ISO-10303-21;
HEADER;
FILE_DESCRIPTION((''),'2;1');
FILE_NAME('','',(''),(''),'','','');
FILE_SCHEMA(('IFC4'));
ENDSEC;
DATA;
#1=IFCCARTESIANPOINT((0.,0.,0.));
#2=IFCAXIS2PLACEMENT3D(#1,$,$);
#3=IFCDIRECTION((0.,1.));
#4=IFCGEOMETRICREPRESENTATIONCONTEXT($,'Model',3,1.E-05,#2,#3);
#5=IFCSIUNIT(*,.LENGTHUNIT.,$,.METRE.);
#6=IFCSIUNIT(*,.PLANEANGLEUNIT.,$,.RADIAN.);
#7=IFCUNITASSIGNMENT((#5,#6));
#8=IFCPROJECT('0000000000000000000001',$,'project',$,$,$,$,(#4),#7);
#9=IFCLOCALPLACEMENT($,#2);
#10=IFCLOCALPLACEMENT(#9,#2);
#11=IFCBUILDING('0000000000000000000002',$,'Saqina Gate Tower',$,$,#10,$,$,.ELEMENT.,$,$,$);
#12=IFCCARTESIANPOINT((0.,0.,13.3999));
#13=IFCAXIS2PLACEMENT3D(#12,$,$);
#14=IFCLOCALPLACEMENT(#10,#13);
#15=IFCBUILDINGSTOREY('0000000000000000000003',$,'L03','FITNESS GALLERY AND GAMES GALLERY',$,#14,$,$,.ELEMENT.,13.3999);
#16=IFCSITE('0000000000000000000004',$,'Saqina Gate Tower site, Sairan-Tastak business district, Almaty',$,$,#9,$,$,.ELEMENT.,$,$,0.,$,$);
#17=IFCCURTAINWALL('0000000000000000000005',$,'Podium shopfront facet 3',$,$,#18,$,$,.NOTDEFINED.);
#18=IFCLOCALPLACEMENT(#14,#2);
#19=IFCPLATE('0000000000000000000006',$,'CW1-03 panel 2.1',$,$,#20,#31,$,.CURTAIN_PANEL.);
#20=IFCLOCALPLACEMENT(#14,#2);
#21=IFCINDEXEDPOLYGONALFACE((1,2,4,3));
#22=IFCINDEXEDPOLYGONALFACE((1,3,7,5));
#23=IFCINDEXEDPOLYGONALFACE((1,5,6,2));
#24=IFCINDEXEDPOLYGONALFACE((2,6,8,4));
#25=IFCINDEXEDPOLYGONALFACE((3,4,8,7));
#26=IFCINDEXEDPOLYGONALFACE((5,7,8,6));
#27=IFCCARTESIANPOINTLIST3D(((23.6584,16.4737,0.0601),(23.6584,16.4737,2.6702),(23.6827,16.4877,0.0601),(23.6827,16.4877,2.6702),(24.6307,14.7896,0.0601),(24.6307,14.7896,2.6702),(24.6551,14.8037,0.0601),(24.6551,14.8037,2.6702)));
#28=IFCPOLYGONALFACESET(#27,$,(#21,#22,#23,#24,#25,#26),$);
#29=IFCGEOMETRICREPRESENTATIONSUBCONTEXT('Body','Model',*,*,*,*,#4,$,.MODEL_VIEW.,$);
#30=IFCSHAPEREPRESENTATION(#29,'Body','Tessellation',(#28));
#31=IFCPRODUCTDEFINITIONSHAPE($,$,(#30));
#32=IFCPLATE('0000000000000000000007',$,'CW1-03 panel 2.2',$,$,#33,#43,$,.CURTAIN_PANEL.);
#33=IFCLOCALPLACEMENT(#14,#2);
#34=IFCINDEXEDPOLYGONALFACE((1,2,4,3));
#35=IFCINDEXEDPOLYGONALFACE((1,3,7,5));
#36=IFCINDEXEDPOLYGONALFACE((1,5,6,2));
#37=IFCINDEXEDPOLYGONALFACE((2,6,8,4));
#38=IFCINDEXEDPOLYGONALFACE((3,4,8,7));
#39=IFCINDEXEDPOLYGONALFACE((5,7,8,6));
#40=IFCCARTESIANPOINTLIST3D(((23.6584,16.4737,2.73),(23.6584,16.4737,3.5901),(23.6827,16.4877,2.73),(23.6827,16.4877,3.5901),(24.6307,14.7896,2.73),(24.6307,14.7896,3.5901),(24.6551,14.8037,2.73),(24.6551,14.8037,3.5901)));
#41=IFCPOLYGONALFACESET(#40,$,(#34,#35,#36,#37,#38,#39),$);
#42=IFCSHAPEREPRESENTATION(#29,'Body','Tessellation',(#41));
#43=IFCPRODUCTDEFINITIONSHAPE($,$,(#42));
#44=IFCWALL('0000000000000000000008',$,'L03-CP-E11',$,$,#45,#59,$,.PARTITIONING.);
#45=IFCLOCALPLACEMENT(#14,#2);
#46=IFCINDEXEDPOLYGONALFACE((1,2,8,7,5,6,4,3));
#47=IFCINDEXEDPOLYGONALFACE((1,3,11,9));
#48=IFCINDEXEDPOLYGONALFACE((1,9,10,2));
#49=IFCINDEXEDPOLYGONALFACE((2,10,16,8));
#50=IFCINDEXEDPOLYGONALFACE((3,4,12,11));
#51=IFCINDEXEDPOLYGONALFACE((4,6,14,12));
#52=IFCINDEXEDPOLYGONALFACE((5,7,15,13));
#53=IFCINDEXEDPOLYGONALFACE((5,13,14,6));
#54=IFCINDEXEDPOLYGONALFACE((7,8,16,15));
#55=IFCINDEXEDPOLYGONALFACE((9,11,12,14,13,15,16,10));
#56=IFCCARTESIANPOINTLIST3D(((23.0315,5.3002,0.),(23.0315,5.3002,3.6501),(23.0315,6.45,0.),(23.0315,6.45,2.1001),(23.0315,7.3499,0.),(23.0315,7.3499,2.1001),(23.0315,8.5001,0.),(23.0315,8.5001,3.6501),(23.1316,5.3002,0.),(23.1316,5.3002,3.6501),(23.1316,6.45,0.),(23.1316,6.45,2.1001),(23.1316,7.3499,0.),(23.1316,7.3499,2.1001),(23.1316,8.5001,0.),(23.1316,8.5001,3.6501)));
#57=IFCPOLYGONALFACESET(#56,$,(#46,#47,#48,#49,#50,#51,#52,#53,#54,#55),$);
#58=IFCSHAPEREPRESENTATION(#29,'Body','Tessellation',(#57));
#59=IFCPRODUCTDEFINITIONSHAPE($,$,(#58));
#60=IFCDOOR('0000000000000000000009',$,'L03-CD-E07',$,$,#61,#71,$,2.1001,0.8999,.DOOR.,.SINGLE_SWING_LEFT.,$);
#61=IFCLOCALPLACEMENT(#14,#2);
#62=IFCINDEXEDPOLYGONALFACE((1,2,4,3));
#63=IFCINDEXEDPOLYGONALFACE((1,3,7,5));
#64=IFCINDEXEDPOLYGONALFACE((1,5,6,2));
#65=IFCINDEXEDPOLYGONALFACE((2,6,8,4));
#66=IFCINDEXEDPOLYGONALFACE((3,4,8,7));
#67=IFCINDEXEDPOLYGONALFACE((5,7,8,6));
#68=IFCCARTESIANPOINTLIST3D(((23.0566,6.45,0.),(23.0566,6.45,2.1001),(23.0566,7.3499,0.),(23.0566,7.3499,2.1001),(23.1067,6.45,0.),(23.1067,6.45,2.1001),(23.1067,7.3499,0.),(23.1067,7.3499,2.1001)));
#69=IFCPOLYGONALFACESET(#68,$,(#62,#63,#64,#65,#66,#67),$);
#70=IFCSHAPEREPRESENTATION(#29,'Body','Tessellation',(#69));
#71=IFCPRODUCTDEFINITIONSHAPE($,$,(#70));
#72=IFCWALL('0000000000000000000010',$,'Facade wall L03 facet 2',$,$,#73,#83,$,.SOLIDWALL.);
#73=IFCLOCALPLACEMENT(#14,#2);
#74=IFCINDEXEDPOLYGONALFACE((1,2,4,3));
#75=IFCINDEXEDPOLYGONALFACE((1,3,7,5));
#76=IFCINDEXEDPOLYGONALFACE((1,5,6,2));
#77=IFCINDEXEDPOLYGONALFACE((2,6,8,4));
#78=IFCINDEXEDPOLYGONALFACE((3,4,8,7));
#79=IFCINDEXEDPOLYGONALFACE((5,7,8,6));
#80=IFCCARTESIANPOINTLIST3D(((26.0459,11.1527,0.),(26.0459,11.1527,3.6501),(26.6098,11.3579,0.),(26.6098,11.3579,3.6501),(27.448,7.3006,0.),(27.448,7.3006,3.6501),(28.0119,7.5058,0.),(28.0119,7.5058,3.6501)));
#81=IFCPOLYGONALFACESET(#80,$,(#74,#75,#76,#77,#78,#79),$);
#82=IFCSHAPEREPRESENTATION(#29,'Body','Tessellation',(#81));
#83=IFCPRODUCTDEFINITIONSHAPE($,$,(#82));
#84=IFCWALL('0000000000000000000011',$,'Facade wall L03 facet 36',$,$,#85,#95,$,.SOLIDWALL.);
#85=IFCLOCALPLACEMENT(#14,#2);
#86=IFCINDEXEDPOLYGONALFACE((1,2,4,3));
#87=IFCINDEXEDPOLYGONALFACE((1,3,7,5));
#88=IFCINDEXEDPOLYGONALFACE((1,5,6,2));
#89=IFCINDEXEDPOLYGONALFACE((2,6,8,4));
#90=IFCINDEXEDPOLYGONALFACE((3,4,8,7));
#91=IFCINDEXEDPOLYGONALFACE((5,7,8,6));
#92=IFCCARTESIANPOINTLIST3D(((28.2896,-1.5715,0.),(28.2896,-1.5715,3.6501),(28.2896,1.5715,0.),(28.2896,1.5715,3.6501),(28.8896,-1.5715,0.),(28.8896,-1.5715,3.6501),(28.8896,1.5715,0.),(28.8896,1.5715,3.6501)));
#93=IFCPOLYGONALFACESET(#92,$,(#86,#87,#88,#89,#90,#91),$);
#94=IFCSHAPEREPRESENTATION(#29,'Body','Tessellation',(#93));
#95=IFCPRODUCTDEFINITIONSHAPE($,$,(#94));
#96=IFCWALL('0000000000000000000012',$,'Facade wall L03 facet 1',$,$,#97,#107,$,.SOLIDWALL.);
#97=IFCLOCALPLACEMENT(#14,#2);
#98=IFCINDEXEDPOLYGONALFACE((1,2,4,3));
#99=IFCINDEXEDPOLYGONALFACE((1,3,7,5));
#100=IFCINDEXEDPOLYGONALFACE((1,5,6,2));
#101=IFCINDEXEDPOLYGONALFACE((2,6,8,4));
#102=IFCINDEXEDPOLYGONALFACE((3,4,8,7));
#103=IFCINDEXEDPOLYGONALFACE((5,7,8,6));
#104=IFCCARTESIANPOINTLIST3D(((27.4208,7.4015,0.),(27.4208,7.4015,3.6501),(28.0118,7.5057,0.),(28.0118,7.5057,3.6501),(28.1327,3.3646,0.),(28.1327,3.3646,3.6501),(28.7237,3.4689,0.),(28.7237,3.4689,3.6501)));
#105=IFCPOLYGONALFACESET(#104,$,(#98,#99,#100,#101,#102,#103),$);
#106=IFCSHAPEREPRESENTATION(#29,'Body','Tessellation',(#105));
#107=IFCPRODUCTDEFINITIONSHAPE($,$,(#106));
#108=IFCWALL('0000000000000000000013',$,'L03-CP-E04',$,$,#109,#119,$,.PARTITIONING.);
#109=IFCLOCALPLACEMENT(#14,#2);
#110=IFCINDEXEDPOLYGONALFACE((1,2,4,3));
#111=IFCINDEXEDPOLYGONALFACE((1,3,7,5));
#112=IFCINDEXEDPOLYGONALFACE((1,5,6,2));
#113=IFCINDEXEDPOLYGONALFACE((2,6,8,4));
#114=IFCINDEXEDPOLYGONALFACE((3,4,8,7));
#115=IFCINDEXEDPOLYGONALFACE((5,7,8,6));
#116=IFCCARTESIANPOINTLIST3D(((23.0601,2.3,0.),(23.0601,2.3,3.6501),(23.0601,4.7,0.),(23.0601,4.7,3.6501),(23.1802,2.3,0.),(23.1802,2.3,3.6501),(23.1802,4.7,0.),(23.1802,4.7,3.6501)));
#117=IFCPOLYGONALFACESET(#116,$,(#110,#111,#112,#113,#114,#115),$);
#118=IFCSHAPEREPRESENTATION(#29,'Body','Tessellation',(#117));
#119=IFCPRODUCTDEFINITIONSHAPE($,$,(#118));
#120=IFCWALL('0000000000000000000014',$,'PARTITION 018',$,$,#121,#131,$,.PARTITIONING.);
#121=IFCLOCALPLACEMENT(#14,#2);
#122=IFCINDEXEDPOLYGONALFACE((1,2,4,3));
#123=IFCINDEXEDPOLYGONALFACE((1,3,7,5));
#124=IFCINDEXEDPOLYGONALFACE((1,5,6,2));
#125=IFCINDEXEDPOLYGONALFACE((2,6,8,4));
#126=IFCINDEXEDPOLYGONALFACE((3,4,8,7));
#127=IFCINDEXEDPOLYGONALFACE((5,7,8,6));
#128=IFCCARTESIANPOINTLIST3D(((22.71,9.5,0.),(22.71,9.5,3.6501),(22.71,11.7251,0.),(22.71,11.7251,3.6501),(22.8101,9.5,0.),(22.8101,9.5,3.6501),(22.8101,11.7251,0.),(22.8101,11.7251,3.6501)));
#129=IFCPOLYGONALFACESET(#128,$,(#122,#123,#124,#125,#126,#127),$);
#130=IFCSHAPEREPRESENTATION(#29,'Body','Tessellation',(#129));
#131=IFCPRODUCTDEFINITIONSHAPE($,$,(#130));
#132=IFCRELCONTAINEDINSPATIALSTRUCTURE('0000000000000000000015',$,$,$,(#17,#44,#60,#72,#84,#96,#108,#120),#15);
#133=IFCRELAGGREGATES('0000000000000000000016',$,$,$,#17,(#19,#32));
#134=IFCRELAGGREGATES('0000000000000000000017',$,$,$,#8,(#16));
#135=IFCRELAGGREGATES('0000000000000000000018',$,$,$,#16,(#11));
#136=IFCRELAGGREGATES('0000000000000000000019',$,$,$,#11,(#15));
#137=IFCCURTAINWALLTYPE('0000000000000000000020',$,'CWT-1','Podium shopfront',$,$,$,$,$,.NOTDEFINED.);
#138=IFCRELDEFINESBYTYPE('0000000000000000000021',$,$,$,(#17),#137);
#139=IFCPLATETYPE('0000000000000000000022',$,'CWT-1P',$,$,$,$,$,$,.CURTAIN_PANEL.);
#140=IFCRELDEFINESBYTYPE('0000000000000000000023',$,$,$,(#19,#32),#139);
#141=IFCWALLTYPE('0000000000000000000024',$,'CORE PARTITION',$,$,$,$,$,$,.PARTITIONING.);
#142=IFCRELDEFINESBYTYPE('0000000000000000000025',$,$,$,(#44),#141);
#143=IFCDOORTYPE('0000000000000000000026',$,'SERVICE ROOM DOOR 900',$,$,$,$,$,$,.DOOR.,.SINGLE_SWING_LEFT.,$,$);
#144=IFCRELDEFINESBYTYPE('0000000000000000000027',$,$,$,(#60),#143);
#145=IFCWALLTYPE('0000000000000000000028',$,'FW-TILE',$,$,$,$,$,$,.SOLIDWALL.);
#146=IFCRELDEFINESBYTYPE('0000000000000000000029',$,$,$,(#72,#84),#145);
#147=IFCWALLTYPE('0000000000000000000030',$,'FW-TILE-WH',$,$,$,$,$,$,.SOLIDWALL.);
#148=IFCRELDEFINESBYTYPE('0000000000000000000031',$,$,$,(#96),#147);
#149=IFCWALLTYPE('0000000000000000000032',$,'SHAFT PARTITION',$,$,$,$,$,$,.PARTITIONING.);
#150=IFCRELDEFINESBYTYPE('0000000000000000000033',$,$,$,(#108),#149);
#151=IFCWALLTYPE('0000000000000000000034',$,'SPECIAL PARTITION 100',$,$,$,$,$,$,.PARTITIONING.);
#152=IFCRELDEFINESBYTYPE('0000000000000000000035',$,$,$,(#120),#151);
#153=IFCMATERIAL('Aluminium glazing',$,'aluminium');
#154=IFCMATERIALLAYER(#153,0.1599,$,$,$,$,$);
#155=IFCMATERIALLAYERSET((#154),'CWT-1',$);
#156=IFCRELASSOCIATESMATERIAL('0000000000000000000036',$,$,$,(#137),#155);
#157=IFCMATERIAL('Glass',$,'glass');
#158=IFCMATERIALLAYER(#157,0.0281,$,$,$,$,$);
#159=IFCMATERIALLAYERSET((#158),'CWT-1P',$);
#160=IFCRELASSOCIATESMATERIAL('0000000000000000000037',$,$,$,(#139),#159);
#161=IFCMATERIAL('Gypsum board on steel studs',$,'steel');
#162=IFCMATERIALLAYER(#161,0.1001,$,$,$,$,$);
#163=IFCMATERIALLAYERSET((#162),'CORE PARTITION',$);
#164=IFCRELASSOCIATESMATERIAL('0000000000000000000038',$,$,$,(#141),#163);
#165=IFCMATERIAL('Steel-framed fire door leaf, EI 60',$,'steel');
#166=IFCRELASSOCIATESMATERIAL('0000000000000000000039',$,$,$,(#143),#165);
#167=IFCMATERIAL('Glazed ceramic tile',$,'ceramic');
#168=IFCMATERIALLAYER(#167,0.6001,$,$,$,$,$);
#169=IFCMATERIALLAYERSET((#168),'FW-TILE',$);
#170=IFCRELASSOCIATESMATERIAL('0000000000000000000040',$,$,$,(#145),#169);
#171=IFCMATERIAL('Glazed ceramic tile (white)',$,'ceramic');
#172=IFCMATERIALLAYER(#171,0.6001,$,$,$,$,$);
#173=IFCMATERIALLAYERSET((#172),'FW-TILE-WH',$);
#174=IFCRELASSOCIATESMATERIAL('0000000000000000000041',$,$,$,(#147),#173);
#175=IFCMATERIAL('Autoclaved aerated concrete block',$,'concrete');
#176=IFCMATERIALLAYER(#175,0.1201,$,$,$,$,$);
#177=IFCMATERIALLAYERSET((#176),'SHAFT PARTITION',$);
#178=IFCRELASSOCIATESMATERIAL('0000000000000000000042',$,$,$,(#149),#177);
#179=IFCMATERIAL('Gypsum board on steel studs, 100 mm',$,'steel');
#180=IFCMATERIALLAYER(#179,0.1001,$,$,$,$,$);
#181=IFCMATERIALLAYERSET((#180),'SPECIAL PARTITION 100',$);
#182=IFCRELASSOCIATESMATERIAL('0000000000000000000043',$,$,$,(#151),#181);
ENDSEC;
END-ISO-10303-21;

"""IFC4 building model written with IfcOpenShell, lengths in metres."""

from ifc_helpers import new_model, si_unit, direction, frame, frame_2d, origin, origin_2d, place, context, subcontext, project, spatial, rectangle, extrude, material, layer, layer_set, type_object, element, fill, aggregate, save


model = new_model("IFC4")

# Units and contexts
model_context = context("Model", 3, precision=1e-05, world=origin(), true_north=direction((0.0, 1.0)))
body_context = subcontext(model_context, "Body", "Model", "MODEL_VIEW")
ifc_project = project(units=[si_unit("LENGTHUNIT", "METRE"), si_unit("PLANEANGLEUNIT", "RADIAN")], contexts=[model_context])

# Site, building, storey
site_placement = place(None, origin())
site = spatial("IfcSite", under=ifc_project, at=site_placement, Name="Saqina Gate Tower site, Sairan-Tastak business district, Almaty", CompositionType="ELEMENT", RefElevation=0.0)
building_placement = place(site_placement, origin())
building = spatial("IfcBuilding", under=site, at=building_placement, Name="Saqina Gate Tower", CompositionType="ELEMENT")
storey_placement = place(building_placement, frame((0.0, 0.0, 13.3999)))
storey = spatial("IfcBuildingStorey", under=building, at=storey_placement, Name="L03", Description="FITNESS GALLERY AND GAMES GALLERY", CompositionType="ELEMENT", Elevation=13.3999)

# Curtain wall
ifc_material_1 = material(Name="Aluminium glazing", Category="aluminium")
ifc_layer_1 = layer(ifc_material_1, 0.1599)
ifc_layer_set_1 = layer_set([ifc_layer_1], Name="CWT-1")
curtain_wall_type = type_object("IfcCurtainWallType", Name="CWT-1", Description="Podium shopfront", PredefinedType="NOTDEFINED", material=ifc_layer_set_1)
curtain_wall_1_placement = place(storey_placement, origin())
curtain_wall_1 = element("IfcCurtainWall", 1, at=curtain_wall_1_placement, inside=storey, type_object=curtain_wall_type, Name="Podium shopfront facet 3", PredefinedType="NOTDEFINED")

# Plates
ifc_material_2 = material(Name="Glass", Category="glass")
ifc_layer_2 = layer(ifc_material_2, 0.0281)
ifc_layer_set_2 = layer_set([ifc_layer_2], Name="CWT-1P")
plate_type = type_object("IfcPlateType", Name="CWT-1P", PredefinedType="CURTAIN_PANEL", material=ifc_layer_set_2)
plate_1_placement = place(storey_placement, frame((24.1567, 15.6387, 0.0601), z_axis=(0.0, 0.0, 1.0), x_axis=(-0.500014, 0.866017, 0.0)))
plate_1 = element("IfcPlate", 2, at=plate_1_placement, type_object=plate_type, Name="CW1-03 panel 2.1", PredefinedType="CURTAIN_PANEL", context=body_context, shape_type="SweptSolid", body=[
    extrude(rectangle(XDim=1.9446, YDim=0.0281, at=origin_2d()), origin(), (0.0, 0.0, 1.0), 2.6101),
])
plate_2_placement = place(storey_placement, frame((24.1567, 15.6387, 2.73), z_axis=(0.0, 0.0, 1.0), x_axis=(-0.500014, 0.866017, 0.0)))
plate_2 = element("IfcPlate", 3, at=plate_2_placement, type_object=plate_type, Name="CW1-03 panel 2.2", PredefinedType="CURTAIN_PANEL", context=body_context, shape_type="SweptSolid", body=[
    extrude(rectangle(XDim=1.9446, YDim=0.0281, at=origin_2d()), origin(), (0.0, 0.0, 1.0), 0.8601),
])
aggregate(curtain_wall_1, [plate_1, plate_2])

# Wall, opening, door
ifc_material_3 = material(Name="Gypsum board on steel studs", Category="steel")
ifc_layer_3 = layer(ifc_material_3, 0.1001)
ifc_layer_set_3 = layer_set([ifc_layer_3], Name="CORE PARTITION")
wall_type_1 = type_object("IfcWallType", Name="CORE PARTITION", PredefinedType="PARTITIONING", material=ifc_layer_set_3)
wall_1_placement = place(storey_placement, frame((23.0815, 5.3, 0.0), z_axis=(0.0, 0.0, 1.0), x_axis=(0.0, 1.0, 0.0)))
wall_1 = element("IfcWall", 4, at=wall_1_placement, inside=storey, type_object=wall_type_1, Name="L03-CP-E11", PredefinedType="PARTITIONING", context=body_context, shape_type="SweptSolid", body=[
    extrude(rectangle(XDim=3.2, YDim=0.1001, at=frame_2d((1.6001, 0.0))), origin(), (0.0, 0.0, 1.0), 3.6501),
])
opening_placement = place(wall_1_placement, frame((1.1499, 0.0, 0.0)))
opening = element("IfcOpeningElement", 5, at=opening_placement, cuts=wall_1, PredefinedType="OPENING", context=body_context, shape_type="SweptSolid", body=[
    extrude(rectangle(XDim=0.8999, YDim=2.1001, at=frame_2d((0.45, 1.05))), frame((0.0, 0.062, 0.0), z_axis=(0.0, -1.0, 0.0), x_axis=(1.0, 0.0, 0.0)), (0.0, 0.0, 1.0), 0.124),
])
ifc_material_4 = material(Name="Steel-framed fire door leaf, EI 60", Category="steel")
door_type = type_object("IfcDoorType", Name="SERVICE ROOM DOOR 900", OperationType="SINGLE_SWING_LEFT", PredefinedType="DOOR", material=ifc_material_4)
door_placement = place(opening_placement, origin())
door = element("IfcDoor", 6, at=door_placement, inside=storey, type_object=door_type, Name="L03-CD-E07", OperationType="SINGLE_SWING_LEFT", OverallHeight=2.1001, OverallWidth=0.8999, PredefinedType="DOOR", context=body_context, shape_type="SweptSolid", body=[
    extrude(rectangle(XDim=0.8999, YDim=2.1001, at=frame_2d((0.45, 1.05))), frame((0.0, 0.0249, 0.0), z_axis=(0.0, -1.0, 0.0), x_axis=(1.0, 0.0, 0.0)), (0.0, 0.0, 1.0), 0.05),
])
fill(opening, door)

# Walls
ifc_material_5 = material(Name="Glazed ceramic tile", Category="ceramic")
ifc_layer_4 = layer(ifc_material_5, 0.6001)
ifc_layer_set_4 = layer_set([ifc_layer_4], Name="FW-TILE")
wall_type_2 = type_object("IfcWallType", Name="FW-TILE", PredefinedType="SOLIDWALL", material=ifc_layer_set_4)
wall_2_placement = place(storey_placement, frame((27.73, 7.4031, 0.0), z_axis=(0.0, 0.0, 1.0), x_axis=(-0.342035, 0.939687, 0.0)))
element("IfcWall", 7, at=wall_2_placement, inside=storey, type_object=wall_type_2, Name="Facade wall L03 facet 2", PredefinedType="SOLIDWALL", context=body_context, shape_type="SweptSolid", body=[
    extrude(rectangle(XDim=4.0994, YDim=0.6001, at=frame_2d((2.0498, 0.0))), origin(), (0.0, 0.0, 1.0), 3.6501),
])
wall_3_placement = place(storey_placement, frame((28.5896, -1.5715, 0.0), z_axis=(0.0, 0.0, 1.0), x_axis=(0.0, 1.0, 0.0)))
element("IfcWall", 8, at=wall_3_placement, inside=storey, type_object=wall_type_2, Name="Facade wall L03 facet 36", PredefinedType="SOLIDWALL", context=body_context, shape_type="SweptSolid", body=[
    extrude(rectangle(XDim=3.1431, YDim=0.6001, at=frame_2d((1.5715, 0.0))), origin(), (0.0, 0.0, 1.0), 3.6501),
])
ifc_material_6 = material(Name="Glazed ceramic tile (white)", Category="ceramic")
ifc_layer_5 = layer(ifc_material_6, 0.6001)
ifc_layer_set_5 = layer_set([ifc_layer_5], Name="FW-TILE-WH")
wall_type_3 = type_object("IfcWallType", Name="FW-TILE-WH", PredefinedType="SOLIDWALL", material=ifc_layer_set_5)
wall_4_placement = place(storey_placement, frame((28.4282, 3.4167, 0.0), z_axis=(0.0, 0.0, 1.0), x_axis=(-0.173673, 0.984803, 0.0)))
element("IfcWall", 9, at=wall_4_placement, inside=storey, type_object=wall_type_3, Name="Facade wall L03 facet 1", PredefinedType="SOLIDWALL", context=body_context, shape_type="SweptSolid", body=[
    extrude(rectangle(XDim=4.0991, YDim=0.6001, at=frame_2d((2.0496, 0.0))), origin(), (0.0, 0.0, 1.0), 3.6501),
])
ifc_material_7 = material(Name="Autoclaved aerated concrete block", Category="concrete")
ifc_layer_6 = layer(ifc_material_7, 0.1201)
ifc_layer_set_6 = layer_set([ifc_layer_6], Name="SHAFT PARTITION")
wall_type_4 = type_object("IfcWallType", Name="SHAFT PARTITION", PredefinedType="PARTITIONING", material=ifc_layer_set_6)
wall_5_placement = place(storey_placement, frame((23.1201, 2.3, 0.0), z_axis=(0.0, 0.0, 1.0), x_axis=(0.0, 1.0, 0.0)))
element("IfcWall", 10, at=wall_5_placement, inside=storey, type_object=wall_type_4, Name="L03-CP-E04", PredefinedType="PARTITIONING", context=body_context, shape_type="SweptSolid", body=[
    extrude(rectangle(XDim=2.3999, YDim=0.1201, at=frame_2d((1.2, 0.0))), origin(), (0.0, 0.0, 1.0), 3.6501),
])
ifc_material_8 = material(Name="Gypsum board on steel studs, 100 mm", Category="steel")
ifc_layer_7 = layer(ifc_material_8, 0.1001)
ifc_layer_set_7 = layer_set([ifc_layer_7], Name="SPECIAL PARTITION 100")
wall_type_5 = type_object("IfcWallType", Name="SPECIAL PARTITION 100", PredefinedType="PARTITIONING", material=ifc_layer_set_7)
wall_6_placement = place(storey_placement, frame((22.76, 9.5, 0.0), z_axis=(0.0, 0.0, 1.0), x_axis=(0.0, 1.0, 0.0)))
element("IfcWall", 11, at=wall_6_placement, inside=storey, type_object=wall_type_5, Name="PARTITION 018", PredefinedType="PARTITIONING", context=body_context, shape_type="SweptSolid", body=[
    extrude(rectangle(XDim=2.2251, YDim=0.1001, at=frame_2d((1.1125, 0.0))), origin(), (0.0, 0.0, 1.0), 3.6501),
])

save(model, "model.ifc")
